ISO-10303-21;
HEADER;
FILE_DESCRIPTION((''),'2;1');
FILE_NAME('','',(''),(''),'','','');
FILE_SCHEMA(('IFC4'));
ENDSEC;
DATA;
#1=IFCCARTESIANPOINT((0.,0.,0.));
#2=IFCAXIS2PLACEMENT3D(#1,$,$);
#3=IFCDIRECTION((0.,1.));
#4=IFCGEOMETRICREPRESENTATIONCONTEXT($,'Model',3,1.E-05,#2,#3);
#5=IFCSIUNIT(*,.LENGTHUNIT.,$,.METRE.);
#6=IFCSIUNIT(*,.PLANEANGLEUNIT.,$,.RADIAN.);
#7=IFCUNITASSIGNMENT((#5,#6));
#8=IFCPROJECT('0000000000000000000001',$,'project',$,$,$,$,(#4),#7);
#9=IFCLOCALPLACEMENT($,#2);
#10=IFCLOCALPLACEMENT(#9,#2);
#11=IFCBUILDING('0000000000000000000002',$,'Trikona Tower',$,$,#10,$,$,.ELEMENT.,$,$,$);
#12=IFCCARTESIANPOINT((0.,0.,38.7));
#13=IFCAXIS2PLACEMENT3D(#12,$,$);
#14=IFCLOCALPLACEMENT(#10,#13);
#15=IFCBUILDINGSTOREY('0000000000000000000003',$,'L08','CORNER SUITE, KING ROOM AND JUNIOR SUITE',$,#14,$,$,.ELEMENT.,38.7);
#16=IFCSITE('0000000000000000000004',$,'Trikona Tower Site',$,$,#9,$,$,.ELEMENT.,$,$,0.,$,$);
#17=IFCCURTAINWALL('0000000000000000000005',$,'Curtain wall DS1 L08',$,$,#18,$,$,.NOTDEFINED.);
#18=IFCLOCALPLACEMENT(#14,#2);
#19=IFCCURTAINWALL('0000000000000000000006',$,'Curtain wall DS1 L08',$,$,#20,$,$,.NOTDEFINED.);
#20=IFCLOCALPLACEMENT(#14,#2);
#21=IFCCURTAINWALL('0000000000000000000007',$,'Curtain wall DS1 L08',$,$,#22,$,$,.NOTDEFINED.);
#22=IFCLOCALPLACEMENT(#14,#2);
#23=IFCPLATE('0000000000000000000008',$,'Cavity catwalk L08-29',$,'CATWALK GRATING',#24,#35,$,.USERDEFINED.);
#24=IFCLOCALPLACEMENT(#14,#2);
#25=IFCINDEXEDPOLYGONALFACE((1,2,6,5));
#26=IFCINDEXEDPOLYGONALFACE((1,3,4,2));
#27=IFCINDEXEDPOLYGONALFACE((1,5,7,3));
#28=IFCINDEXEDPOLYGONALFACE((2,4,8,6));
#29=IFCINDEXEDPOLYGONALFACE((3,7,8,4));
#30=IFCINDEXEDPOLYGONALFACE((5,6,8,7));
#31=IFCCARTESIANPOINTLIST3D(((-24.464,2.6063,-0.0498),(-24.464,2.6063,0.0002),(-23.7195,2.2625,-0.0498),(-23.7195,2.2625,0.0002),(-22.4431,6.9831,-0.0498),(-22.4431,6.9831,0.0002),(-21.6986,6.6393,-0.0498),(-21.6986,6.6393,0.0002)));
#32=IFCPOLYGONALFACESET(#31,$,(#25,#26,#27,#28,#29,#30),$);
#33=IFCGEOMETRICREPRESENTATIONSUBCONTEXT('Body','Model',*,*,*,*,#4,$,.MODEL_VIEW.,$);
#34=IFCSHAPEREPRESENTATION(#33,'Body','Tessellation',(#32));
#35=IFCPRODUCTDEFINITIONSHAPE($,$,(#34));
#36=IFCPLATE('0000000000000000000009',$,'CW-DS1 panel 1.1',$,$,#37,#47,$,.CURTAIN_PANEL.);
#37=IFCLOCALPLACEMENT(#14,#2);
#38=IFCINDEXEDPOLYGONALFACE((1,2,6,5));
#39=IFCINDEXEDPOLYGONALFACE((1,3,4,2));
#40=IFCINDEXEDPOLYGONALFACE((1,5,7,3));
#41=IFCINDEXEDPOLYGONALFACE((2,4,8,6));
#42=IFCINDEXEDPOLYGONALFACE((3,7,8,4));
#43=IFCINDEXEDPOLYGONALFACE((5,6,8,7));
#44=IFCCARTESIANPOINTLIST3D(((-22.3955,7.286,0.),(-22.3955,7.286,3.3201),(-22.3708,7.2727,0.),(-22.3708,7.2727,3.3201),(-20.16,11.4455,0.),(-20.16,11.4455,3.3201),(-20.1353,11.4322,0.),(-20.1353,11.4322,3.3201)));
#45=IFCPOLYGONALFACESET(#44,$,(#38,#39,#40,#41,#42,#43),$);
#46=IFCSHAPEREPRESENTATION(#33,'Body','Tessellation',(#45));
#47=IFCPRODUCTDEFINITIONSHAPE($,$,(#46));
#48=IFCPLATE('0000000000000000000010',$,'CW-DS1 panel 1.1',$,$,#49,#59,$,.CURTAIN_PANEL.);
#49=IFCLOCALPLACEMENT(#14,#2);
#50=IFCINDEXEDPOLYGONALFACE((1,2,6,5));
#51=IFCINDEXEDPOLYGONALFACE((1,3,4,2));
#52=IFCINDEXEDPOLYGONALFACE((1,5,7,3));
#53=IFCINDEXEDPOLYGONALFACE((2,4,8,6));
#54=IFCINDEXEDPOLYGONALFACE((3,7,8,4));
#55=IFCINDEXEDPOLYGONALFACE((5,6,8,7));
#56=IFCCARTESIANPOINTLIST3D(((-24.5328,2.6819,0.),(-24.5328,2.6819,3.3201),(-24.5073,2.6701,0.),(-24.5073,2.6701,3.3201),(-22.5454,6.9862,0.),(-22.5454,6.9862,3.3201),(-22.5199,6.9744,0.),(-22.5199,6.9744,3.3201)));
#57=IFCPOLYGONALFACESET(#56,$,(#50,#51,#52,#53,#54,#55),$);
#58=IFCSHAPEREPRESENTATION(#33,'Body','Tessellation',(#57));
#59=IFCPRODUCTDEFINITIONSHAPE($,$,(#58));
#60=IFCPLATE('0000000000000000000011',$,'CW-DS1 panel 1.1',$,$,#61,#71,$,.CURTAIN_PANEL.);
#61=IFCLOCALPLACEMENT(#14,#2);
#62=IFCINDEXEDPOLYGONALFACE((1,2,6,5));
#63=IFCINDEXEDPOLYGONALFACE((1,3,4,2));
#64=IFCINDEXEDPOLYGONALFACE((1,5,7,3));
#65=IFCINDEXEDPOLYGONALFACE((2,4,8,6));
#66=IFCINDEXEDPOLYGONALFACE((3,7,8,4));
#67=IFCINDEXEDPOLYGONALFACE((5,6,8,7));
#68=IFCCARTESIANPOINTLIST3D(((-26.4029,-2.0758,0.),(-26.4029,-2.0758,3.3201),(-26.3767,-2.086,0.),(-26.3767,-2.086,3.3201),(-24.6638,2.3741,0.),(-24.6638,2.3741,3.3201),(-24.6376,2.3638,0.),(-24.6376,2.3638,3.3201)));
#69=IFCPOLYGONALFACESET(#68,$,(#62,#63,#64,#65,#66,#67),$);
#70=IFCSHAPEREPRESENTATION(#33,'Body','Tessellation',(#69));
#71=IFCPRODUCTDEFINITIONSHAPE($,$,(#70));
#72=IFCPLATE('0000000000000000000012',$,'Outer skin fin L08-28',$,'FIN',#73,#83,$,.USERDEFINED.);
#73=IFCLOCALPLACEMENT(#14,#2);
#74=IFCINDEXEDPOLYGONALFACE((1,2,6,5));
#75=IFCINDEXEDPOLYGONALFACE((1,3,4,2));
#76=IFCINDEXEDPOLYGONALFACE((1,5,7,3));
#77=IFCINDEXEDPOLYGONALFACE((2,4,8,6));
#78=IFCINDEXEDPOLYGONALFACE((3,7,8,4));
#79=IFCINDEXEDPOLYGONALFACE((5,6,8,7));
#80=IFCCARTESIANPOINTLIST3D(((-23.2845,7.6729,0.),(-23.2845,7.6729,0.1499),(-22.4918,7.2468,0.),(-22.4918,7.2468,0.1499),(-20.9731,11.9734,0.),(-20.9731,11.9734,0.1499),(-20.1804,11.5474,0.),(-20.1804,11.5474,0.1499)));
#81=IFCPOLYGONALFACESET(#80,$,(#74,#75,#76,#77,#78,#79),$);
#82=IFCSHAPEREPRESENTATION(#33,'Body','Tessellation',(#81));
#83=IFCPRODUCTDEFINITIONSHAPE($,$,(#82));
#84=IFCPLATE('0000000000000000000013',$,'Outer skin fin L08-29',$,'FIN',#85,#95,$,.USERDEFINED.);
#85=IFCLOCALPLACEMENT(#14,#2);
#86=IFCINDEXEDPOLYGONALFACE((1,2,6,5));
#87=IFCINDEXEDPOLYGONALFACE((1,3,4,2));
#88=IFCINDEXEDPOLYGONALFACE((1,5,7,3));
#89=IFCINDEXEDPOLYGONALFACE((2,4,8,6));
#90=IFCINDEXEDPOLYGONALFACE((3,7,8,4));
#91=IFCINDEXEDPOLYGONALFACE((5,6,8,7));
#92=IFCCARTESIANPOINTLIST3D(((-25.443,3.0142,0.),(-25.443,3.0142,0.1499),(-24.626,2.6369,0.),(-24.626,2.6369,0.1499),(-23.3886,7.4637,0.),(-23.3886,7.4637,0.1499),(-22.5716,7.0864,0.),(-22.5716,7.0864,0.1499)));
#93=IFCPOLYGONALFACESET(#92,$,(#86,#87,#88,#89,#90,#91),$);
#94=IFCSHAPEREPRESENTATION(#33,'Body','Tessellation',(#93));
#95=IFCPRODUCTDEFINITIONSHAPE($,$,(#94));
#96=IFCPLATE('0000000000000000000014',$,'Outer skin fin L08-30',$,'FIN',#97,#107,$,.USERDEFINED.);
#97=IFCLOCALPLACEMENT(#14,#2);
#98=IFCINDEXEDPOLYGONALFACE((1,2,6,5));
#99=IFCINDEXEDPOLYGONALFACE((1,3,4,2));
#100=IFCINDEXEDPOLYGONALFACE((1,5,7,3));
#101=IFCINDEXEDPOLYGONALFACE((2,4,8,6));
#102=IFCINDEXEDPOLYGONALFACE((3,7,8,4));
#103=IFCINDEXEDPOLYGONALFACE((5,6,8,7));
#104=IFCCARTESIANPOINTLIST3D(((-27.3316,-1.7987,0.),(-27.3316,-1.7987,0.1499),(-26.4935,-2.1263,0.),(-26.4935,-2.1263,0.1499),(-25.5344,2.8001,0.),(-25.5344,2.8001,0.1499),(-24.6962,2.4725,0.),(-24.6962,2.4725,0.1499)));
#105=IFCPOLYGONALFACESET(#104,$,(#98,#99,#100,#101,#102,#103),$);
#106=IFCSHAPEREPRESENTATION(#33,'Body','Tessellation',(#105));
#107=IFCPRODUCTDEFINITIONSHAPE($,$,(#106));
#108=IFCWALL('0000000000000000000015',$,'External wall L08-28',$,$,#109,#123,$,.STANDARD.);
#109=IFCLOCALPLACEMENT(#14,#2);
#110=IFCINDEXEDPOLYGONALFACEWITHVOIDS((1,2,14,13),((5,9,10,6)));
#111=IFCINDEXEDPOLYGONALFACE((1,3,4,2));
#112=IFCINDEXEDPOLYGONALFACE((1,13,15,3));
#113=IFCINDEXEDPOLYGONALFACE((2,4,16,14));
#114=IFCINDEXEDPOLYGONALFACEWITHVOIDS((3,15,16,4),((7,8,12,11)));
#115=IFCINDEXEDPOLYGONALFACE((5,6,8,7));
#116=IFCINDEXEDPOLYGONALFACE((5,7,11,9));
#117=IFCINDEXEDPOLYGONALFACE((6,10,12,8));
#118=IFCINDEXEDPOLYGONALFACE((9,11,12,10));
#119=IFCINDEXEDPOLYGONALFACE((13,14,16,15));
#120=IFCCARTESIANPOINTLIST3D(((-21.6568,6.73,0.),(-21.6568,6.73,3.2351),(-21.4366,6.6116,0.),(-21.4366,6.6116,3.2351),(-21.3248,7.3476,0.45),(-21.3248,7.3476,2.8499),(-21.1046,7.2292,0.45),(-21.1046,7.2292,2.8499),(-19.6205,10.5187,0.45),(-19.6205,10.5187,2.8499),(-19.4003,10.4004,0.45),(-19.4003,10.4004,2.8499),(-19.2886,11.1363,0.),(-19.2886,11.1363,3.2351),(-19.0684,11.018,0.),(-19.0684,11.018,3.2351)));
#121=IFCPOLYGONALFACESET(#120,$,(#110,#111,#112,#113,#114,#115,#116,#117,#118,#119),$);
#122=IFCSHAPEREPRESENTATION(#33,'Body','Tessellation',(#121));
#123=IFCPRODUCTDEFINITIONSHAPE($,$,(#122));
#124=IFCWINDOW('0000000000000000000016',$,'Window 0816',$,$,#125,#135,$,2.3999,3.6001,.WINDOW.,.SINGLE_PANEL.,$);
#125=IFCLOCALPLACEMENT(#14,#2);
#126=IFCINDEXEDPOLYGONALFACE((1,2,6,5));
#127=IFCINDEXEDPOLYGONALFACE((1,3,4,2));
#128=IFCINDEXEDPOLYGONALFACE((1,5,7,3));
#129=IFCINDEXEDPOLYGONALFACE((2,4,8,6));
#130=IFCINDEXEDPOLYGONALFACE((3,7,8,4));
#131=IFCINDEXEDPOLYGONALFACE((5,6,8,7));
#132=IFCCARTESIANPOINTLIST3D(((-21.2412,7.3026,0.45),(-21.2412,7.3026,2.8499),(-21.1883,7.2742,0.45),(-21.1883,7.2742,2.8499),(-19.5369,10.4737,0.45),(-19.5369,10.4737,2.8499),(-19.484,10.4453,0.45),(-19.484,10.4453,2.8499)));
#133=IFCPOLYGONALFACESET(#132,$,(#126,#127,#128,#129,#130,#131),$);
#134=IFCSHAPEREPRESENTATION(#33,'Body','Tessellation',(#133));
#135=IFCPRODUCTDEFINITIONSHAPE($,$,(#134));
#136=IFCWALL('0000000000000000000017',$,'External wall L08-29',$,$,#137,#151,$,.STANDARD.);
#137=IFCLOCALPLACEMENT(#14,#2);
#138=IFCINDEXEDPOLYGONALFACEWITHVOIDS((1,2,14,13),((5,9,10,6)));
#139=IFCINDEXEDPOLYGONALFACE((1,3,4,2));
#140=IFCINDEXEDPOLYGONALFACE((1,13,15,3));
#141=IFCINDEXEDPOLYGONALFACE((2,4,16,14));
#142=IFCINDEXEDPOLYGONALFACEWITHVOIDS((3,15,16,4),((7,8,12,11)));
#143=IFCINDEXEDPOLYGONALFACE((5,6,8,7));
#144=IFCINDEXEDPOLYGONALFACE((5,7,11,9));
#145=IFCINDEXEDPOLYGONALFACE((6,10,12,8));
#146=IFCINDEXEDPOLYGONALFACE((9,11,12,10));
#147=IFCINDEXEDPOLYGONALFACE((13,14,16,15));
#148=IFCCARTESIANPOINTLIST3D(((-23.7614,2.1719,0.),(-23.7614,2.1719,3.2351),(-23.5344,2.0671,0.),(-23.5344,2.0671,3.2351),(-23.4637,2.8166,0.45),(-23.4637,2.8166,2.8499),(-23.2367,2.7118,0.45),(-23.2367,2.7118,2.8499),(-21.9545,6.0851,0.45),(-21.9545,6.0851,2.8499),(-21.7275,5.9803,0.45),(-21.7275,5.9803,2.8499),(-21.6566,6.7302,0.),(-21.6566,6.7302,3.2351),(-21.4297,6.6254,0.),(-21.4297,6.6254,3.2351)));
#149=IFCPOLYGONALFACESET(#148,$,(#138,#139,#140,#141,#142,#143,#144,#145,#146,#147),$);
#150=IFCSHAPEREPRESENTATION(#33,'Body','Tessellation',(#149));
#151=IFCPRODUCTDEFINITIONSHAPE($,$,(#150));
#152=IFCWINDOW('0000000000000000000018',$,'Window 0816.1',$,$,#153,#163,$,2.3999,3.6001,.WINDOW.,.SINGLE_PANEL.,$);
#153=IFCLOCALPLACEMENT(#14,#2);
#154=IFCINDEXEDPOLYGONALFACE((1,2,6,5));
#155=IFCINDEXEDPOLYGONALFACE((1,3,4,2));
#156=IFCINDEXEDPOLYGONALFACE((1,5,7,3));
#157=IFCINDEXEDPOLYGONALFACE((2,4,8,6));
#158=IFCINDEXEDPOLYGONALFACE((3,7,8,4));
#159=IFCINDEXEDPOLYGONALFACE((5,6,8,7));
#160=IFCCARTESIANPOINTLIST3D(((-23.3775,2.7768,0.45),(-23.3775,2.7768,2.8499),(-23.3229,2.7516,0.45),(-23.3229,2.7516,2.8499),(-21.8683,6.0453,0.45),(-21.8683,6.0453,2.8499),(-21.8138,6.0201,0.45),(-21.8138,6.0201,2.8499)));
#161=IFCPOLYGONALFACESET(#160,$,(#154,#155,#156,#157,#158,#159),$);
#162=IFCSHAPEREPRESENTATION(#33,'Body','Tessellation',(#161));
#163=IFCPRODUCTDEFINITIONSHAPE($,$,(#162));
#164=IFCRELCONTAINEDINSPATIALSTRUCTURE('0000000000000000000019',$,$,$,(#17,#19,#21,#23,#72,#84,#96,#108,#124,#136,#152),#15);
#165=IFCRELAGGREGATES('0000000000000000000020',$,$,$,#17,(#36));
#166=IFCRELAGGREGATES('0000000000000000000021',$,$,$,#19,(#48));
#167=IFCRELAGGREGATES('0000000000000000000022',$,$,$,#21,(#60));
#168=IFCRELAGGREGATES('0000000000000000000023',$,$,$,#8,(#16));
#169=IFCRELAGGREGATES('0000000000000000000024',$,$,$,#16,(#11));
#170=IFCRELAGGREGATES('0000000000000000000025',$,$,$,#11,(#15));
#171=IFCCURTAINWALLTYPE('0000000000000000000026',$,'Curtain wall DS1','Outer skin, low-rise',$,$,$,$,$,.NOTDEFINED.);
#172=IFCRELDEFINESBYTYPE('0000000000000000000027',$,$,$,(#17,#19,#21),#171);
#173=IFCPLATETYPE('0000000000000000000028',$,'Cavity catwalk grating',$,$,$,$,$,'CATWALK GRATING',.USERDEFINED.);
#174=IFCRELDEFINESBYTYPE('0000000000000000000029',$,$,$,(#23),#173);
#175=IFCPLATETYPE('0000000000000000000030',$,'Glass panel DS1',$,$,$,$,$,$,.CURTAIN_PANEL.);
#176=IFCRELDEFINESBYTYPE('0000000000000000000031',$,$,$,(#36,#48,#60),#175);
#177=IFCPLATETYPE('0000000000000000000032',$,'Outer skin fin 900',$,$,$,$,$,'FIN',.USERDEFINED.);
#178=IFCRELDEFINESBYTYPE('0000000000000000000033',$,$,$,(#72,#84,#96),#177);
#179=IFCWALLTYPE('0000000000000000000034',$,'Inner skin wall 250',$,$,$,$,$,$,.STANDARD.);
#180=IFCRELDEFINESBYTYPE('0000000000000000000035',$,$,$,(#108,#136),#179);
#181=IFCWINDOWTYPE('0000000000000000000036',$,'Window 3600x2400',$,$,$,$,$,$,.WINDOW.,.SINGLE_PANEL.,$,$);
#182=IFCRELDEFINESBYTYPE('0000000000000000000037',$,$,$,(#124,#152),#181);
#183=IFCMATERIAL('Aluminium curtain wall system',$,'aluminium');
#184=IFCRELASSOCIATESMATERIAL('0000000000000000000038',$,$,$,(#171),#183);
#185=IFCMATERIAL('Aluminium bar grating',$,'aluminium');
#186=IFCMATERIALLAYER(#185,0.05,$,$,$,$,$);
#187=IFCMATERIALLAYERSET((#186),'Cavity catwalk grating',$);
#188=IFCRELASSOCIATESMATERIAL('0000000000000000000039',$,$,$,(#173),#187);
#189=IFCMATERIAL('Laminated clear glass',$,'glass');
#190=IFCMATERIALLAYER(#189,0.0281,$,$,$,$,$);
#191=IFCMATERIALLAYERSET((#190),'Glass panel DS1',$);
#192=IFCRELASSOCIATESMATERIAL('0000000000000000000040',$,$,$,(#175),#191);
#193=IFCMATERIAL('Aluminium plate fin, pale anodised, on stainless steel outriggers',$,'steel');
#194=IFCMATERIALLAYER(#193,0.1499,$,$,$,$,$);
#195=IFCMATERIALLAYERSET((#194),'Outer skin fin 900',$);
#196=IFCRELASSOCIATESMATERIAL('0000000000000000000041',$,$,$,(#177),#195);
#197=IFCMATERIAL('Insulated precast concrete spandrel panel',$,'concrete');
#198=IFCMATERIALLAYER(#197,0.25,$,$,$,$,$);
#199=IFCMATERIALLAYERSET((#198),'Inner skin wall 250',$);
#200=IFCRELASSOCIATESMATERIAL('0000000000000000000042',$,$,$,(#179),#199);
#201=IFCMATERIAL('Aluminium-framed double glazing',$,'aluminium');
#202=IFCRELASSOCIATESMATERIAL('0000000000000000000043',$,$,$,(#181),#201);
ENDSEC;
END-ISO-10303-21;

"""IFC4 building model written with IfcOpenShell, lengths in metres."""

from ifc_helpers import new_model, si_unit, direction, frame, frame_2d, origin, origin_2d, place, context, subcontext, project, spatial, rectangle, extrude, material, layer, layer_set, type_object, element, fill, aggregate, save


model = new_model("IFC4")

# Units and contexts
model_context = context("Model", 3, precision=1e-05, world=origin(), true_north=direction((0.0, 1.0)))
body_context = subcontext(model_context, "Body", "Model", "MODEL_VIEW")
ifc_project = project(units=[si_unit("LENGTHUNIT", "METRE"), si_unit("PLANEANGLEUNIT", "RADIAN")], contexts=[model_context])

# Site, building, storey
site_placement = place(None, origin())
site = spatial("IfcSite", under=ifc_project, at=site_placement, Name="Trikona Tower Site", CompositionType="ELEMENT", RefElevation=0.0)
building_placement = place(site_placement, origin())
building = spatial("IfcBuilding", under=site, at=building_placement, Name="Trikona Tower", CompositionType="ELEMENT")
storey_placement = place(building_placement, frame((0.0, 0.0, 38.7)))
storey = spatial("IfcBuildingStorey", under=building, at=storey_placement, Name="L08", Description="CORNER SUITE, KING ROOM AND JUNIOR SUITE", CompositionType="ELEMENT", Elevation=38.7)

# Shared definitions
ifc_material_1 = material(Name="Aluminium curtain wall system", Category="aluminium")
curtain_wall_type = type_object("IfcCurtainWallType", Name="Curtain wall DS1", Description="Outer skin, low-rise", PredefinedType="NOTDEFINED", material=ifc_material_1)

# Curtain walls
curtain_wall_1_placement = place(storey_placement, origin())
curtain_wall_1 = element("IfcCurtainWall", 1, at=curtain_wall_1_placement, inside=storey, type_object=curtain_wall_type, Name="Curtain wall DS1 L08", PredefinedType="NOTDEFINED")
curtain_wall_2_placement = place(storey_placement, origin())
curtain_wall_2 = element("IfcCurtainWall", 2, at=curtain_wall_2_placement, inside=storey, type_object=curtain_wall_type, Name="Curtain wall DS1 L08", PredefinedType="NOTDEFINED")

# Curtain wall
curtain_wall_3_placement = place(storey_placement, origin())
curtain_wall_3 = element("IfcCurtainWall", 3, at=curtain_wall_3_placement, inside=storey, type_object=curtain_wall_type, Name="Curtain wall DS1 L08", PredefinedType="NOTDEFINED")

# Plate
ifc_material_2 = material(Name="Aluminium bar grating", Category="aluminium")
ifc_layer_1 = layer(ifc_material_2, 0.05)
ifc_layer_set_1 = layer_set([ifc_layer_1], Name="Cavity catwalk grating")
plate_type_1 = type_object("IfcPlateType", Name="Cavity catwalk grating", ElementType="CATWALK GRATING", PredefinedType="USERDEFINED", material=ifc_layer_set_1)
plate_1_placement = place(storey_placement, frame((-23.0813, 4.6228, -0.0498), z_axis=(0.0, 0.0, 1.0), x_axis=(-0.419194, -0.907897, 0.0)))
element("IfcPlate", 4, at=plate_1_placement, inside=storey, type_object=plate_type_1, Name="Cavity catwalk L08-29", ObjectType="CATWALK GRATING", PredefinedType="USERDEFINED", context=body_context, shape_type="SweptSolid", body=[
    extrude(rectangle(XDim=4.8208, YDim=0.8201, at=origin_2d()), origin(), (0.0, 0.0, 1.0), 0.05),
])

# Plates
ifc_material_3 = material(Name="Laminated clear glass", Category="glass")
ifc_layer_2 = layer(ifc_material_3, 0.0281)
ifc_layer_set_2 = layer_set([ifc_layer_2], Name="Glass panel DS1")
plate_type_2 = type_object("IfcPlateType", Name="Glass panel DS1", PredefinedType="CURTAIN_PANEL", material=ifc_layer_set_2)
plate_2_placement = place(storey_placement, frame((-21.2654, 9.3591, 0.0), z_axis=(0.0, 0.0, 1.0), x_axis=(-0.473408, -0.880843, 0.0)))
plate_2 = element("IfcPlate", 5, at=plate_2_placement, type_object=plate_type_2, Name="CW-DS1 panel 1.1", PredefinedType="CURTAIN_PANEL", context=body_context, shape_type="SweptSolid", body=[
    extrude(rectangle(XDim=4.7222, YDim=0.0281, at=origin_2d()), origin(), (0.0, 0.0, 1.0), 3.3201),
])
aggregate(curtain_wall_1, [plate_2])
plate_3_placement = place(storey_placement, frame((-23.5264, 4.8281, 0.0), z_axis=(0.0, 0.0, 1.0), x_axis=(-0.41919, -0.907898, 0.0)))
plate_3 = element("IfcPlate", 6, at=plate_3_placement, type_object=plate_type_2, Name="CW-DS1 panel 1.1", PredefinedType="CURTAIN_PANEL", context=body_context, shape_type="SweptSolid", body=[
    extrude(rectangle(XDim=4.741, YDim=0.0281, at=origin_2d()), origin(), (0.0, 0.0, 1.0), 3.3201),
])
aggregate(curtain_wall_2, [plate_3])
plate_4_placement = place(storey_placement, frame((-25.5203, 0.144, 0.0), z_axis=(0.0, 0.0, 1.0), x_axis=(-0.364008, -0.931396, 0.0)))
plate_4 = element("IfcPlate", 7, at=plate_4_placement, type_object=plate_type_2, Name="CW-DS1 panel 1.1", PredefinedType="CURTAIN_PANEL", context=body_context, shape_type="SweptSolid", body=[
    extrude(rectangle(XDim=4.7776, YDim=0.0281, at=origin_2d()), origin(), (0.0, 0.0, 1.0), 3.3201),
])
aggregate(curtain_wall_3, [plate_4])

# Plates
ifc_material_4 = material(Name="Aluminium plate fin, pale anodised, on stainless steel outriggers", Category="steel")
ifc_layer_3 = layer(ifc_material_4, 0.1499)
ifc_layer_set_3 = layer_set([ifc_layer_3], Name="Outer skin fin 900")
plate_type_3 = type_object("IfcPlateType", Name="Outer skin fin 900", ElementType="FIN", PredefinedType="USERDEFINED", material=ifc_layer_set_3)
plate_5_placement = place(storey_placement, frame((-21.7324, 9.6101, 0.0), z_axis=(0.0, 0.0, 1.0), x_axis=(-0.473423, -0.880835, 0.0)))
element("IfcPlate", 8, at=plate_5_placement, inside=storey, type_object=plate_type_3, Name="Outer skin fin L08-28", ObjectType="FIN", PredefinedType="USERDEFINED", context=body_context, shape_type="SweptSolid", body=[
    extrude(rectangle(XDim=4.8823, YDim=0.8999, at=origin_2d()), origin(), (0.0, 0.0, 1.0), 0.1499),
])
plate_6_placement = place(storey_placement, frame((-24.0073, 5.0503, 0.0), z_axis=(0.0, 0.0, 1.0), x_axis=(-0.419194, -0.907897, 0.0)))
element("IfcPlate", 9, at=plate_6_placement, inside=storey, type_object=plate_type_3, Name="Outer skin fin L08-29", ObjectType="FIN", PredefinedType="USERDEFINED", context=body_context, shape_type="SweptSolid", body=[
    extrude(rectangle(XDim=4.9009, YDim=0.8999, at=origin_2d()), origin(), (0.0, 0.0, 1.0), 0.1499),
])
plate_7_placement = place(storey_placement, frame((-26.0139, 0.3369, 0.0), z_axis=(0.0, 0.0, 1.0), x_axis=(-0.364009, -0.931395, 0.0)))
element("IfcPlate", 10, at=plate_7_placement, inside=storey, type_object=plate_type_3, Name="Outer skin fin L08-30", ObjectType="FIN", PredefinedType="USERDEFINED", context=body_context, shape_type="SweptSolid", body=[
    extrude(rectangle(XDim=4.9375, YDim=0.8999, at=origin_2d()), origin(), (0.0, 0.0, 1.0), 0.1499),
])

# Walls, openings, windows
ifc_material_5 = material(Name="Insulated precast concrete spandrel panel", Category="concrete")
ifc_layer_4 = layer(ifc_material_5, 0.25)
ifc_layer_set_4 = layer_set([ifc_layer_4], Name="Inner skin wall 250")
wall_type = type_object("IfcWallType", Name="Inner skin wall 250", PredefinedType="STANDARD", material=ifc_layer_set_4)
wall_1_placement = place(storey_placement, frame((-19.1785, 11.0771, 0.0), z_axis=(0.0, 0.0, 1.0), x_axis=(-0.473413, -0.880841, 0.0)))
wall_1 = element("IfcWall", 11, at=wall_1_placement, inside=storey, type_object=wall_type, Name="External wall L08-28", PredefinedType="STANDARD", context=body_context, shape_type="SweptSolid", body=[
    extrude(rectangle(XDim=5.0024, YDim=0.25, at=frame_2d((2.5012, 0.0))), origin(), (0.0, 0.0, 1.0), 3.2351),
])
opening_1_placement = place(wall_1_placement, frame((0.7012, 0.0, 0.45)))
opening_1 = element("IfcOpeningElement", 12, at=opening_1_placement, cuts=wall_1, PredefinedType="OPENING", context=body_context, shape_type="SweptSolid", body=[
    extrude(rectangle(XDim=3.6001, YDim=2.3999, at=frame_2d((1.8, 1.2))), frame((0.0, 0.135, 0.0), z_axis=(0.0, -1.0, 0.0), x_axis=(1.0, 0.0, 0.0)), (0.0, 0.0, 1.0), 0.27),
])
ifc_material_6 = material(Name="Aluminium-framed double glazing", Category="aluminium")
window_type = type_object("IfcWindowType", Name="Window 3600x2400", PartitioningType="SINGLE_PANEL", PredefinedType="WINDOW", material=ifc_material_6)
window_1_placement = place(opening_1_placement, origin())
window_1 = element("IfcWindow", 13, at=window_1_placement, inside=storey, type_object=window_type, Name="Window 0816", OverallHeight=2.3999, OverallWidth=3.6001, PartitioningType="SINGLE_PANEL", PredefinedType="WINDOW", context=body_context, shape_type="SweptSolid", body=[
    extrude(rectangle(XDim=3.6001, YDim=2.3999, at=frame_2d((1.8, 1.2))), frame((0.0, 0.03, 0.0), z_axis=(0.0, -1.0, 0.0), x_axis=(1.0, 0.0, 0.0)), (0.0, 0.0, 1.0), 0.0601),
])
fill(opening_1, window_1)
wall_2_placement = place(storey_placement, frame((-21.5432, 6.6777, 0.0), z_axis=(0.0, 0.0, 1.0), x_axis=(-0.419203, -0.907892, 0.0)))
wall_2 = element("IfcWall", 14, at=wall_2_placement, inside=storey, type_object=wall_type, Name="External wall L08-29", PredefinedType="STANDARD", context=body_context, shape_type="SweptSolid", body=[
    extrude(rectangle(XDim=5.0208, YDim=0.25, at=frame_2d((2.5103, 0.0))), origin(), (0.0, 0.0, 1.0), 3.2351),
])
opening_2_placement = place(wall_2_placement, frame((0.7104, 0.0, 0.45)))
opening_2 = element("IfcOpeningElement", 15, at=opening_2_placement, cuts=wall_2, PredefinedType="OPENING", context=body_context, shape_type="SweptSolid", body=[
    extrude(rectangle(XDim=3.6001, YDim=2.3999, at=frame_2d((1.8, 1.2))), frame((0.0, 0.135, 0.0), z_axis=(0.0, -1.0, 0.0), x_axis=(1.0, 0.0, 0.0)), (0.0, 0.0, 1.0), 0.27),
])
window_2_placement = place(opening_2_placement, origin())
window_2 = element("IfcWindow", 16, at=window_2_placement, inside=storey, type_object=window_type, Name="Window 0816.1", OverallHeight=2.3999, OverallWidth=3.6001, PartitioningType="SINGLE_PANEL", PredefinedType="WINDOW", context=body_context, shape_type="SweptSolid", body=[
    extrude(rectangle(XDim=3.6001, YDim=2.3999, at=frame_2d((1.8, 1.2))), frame((0.0, 0.03, 0.0), z_axis=(0.0, -1.0, 0.0), x_axis=(1.0, 0.0, 0.0)), (0.0, 0.0, 1.0), 0.0601),
])
fill(opening_2, window_2)

save(model, "model.ifc")
